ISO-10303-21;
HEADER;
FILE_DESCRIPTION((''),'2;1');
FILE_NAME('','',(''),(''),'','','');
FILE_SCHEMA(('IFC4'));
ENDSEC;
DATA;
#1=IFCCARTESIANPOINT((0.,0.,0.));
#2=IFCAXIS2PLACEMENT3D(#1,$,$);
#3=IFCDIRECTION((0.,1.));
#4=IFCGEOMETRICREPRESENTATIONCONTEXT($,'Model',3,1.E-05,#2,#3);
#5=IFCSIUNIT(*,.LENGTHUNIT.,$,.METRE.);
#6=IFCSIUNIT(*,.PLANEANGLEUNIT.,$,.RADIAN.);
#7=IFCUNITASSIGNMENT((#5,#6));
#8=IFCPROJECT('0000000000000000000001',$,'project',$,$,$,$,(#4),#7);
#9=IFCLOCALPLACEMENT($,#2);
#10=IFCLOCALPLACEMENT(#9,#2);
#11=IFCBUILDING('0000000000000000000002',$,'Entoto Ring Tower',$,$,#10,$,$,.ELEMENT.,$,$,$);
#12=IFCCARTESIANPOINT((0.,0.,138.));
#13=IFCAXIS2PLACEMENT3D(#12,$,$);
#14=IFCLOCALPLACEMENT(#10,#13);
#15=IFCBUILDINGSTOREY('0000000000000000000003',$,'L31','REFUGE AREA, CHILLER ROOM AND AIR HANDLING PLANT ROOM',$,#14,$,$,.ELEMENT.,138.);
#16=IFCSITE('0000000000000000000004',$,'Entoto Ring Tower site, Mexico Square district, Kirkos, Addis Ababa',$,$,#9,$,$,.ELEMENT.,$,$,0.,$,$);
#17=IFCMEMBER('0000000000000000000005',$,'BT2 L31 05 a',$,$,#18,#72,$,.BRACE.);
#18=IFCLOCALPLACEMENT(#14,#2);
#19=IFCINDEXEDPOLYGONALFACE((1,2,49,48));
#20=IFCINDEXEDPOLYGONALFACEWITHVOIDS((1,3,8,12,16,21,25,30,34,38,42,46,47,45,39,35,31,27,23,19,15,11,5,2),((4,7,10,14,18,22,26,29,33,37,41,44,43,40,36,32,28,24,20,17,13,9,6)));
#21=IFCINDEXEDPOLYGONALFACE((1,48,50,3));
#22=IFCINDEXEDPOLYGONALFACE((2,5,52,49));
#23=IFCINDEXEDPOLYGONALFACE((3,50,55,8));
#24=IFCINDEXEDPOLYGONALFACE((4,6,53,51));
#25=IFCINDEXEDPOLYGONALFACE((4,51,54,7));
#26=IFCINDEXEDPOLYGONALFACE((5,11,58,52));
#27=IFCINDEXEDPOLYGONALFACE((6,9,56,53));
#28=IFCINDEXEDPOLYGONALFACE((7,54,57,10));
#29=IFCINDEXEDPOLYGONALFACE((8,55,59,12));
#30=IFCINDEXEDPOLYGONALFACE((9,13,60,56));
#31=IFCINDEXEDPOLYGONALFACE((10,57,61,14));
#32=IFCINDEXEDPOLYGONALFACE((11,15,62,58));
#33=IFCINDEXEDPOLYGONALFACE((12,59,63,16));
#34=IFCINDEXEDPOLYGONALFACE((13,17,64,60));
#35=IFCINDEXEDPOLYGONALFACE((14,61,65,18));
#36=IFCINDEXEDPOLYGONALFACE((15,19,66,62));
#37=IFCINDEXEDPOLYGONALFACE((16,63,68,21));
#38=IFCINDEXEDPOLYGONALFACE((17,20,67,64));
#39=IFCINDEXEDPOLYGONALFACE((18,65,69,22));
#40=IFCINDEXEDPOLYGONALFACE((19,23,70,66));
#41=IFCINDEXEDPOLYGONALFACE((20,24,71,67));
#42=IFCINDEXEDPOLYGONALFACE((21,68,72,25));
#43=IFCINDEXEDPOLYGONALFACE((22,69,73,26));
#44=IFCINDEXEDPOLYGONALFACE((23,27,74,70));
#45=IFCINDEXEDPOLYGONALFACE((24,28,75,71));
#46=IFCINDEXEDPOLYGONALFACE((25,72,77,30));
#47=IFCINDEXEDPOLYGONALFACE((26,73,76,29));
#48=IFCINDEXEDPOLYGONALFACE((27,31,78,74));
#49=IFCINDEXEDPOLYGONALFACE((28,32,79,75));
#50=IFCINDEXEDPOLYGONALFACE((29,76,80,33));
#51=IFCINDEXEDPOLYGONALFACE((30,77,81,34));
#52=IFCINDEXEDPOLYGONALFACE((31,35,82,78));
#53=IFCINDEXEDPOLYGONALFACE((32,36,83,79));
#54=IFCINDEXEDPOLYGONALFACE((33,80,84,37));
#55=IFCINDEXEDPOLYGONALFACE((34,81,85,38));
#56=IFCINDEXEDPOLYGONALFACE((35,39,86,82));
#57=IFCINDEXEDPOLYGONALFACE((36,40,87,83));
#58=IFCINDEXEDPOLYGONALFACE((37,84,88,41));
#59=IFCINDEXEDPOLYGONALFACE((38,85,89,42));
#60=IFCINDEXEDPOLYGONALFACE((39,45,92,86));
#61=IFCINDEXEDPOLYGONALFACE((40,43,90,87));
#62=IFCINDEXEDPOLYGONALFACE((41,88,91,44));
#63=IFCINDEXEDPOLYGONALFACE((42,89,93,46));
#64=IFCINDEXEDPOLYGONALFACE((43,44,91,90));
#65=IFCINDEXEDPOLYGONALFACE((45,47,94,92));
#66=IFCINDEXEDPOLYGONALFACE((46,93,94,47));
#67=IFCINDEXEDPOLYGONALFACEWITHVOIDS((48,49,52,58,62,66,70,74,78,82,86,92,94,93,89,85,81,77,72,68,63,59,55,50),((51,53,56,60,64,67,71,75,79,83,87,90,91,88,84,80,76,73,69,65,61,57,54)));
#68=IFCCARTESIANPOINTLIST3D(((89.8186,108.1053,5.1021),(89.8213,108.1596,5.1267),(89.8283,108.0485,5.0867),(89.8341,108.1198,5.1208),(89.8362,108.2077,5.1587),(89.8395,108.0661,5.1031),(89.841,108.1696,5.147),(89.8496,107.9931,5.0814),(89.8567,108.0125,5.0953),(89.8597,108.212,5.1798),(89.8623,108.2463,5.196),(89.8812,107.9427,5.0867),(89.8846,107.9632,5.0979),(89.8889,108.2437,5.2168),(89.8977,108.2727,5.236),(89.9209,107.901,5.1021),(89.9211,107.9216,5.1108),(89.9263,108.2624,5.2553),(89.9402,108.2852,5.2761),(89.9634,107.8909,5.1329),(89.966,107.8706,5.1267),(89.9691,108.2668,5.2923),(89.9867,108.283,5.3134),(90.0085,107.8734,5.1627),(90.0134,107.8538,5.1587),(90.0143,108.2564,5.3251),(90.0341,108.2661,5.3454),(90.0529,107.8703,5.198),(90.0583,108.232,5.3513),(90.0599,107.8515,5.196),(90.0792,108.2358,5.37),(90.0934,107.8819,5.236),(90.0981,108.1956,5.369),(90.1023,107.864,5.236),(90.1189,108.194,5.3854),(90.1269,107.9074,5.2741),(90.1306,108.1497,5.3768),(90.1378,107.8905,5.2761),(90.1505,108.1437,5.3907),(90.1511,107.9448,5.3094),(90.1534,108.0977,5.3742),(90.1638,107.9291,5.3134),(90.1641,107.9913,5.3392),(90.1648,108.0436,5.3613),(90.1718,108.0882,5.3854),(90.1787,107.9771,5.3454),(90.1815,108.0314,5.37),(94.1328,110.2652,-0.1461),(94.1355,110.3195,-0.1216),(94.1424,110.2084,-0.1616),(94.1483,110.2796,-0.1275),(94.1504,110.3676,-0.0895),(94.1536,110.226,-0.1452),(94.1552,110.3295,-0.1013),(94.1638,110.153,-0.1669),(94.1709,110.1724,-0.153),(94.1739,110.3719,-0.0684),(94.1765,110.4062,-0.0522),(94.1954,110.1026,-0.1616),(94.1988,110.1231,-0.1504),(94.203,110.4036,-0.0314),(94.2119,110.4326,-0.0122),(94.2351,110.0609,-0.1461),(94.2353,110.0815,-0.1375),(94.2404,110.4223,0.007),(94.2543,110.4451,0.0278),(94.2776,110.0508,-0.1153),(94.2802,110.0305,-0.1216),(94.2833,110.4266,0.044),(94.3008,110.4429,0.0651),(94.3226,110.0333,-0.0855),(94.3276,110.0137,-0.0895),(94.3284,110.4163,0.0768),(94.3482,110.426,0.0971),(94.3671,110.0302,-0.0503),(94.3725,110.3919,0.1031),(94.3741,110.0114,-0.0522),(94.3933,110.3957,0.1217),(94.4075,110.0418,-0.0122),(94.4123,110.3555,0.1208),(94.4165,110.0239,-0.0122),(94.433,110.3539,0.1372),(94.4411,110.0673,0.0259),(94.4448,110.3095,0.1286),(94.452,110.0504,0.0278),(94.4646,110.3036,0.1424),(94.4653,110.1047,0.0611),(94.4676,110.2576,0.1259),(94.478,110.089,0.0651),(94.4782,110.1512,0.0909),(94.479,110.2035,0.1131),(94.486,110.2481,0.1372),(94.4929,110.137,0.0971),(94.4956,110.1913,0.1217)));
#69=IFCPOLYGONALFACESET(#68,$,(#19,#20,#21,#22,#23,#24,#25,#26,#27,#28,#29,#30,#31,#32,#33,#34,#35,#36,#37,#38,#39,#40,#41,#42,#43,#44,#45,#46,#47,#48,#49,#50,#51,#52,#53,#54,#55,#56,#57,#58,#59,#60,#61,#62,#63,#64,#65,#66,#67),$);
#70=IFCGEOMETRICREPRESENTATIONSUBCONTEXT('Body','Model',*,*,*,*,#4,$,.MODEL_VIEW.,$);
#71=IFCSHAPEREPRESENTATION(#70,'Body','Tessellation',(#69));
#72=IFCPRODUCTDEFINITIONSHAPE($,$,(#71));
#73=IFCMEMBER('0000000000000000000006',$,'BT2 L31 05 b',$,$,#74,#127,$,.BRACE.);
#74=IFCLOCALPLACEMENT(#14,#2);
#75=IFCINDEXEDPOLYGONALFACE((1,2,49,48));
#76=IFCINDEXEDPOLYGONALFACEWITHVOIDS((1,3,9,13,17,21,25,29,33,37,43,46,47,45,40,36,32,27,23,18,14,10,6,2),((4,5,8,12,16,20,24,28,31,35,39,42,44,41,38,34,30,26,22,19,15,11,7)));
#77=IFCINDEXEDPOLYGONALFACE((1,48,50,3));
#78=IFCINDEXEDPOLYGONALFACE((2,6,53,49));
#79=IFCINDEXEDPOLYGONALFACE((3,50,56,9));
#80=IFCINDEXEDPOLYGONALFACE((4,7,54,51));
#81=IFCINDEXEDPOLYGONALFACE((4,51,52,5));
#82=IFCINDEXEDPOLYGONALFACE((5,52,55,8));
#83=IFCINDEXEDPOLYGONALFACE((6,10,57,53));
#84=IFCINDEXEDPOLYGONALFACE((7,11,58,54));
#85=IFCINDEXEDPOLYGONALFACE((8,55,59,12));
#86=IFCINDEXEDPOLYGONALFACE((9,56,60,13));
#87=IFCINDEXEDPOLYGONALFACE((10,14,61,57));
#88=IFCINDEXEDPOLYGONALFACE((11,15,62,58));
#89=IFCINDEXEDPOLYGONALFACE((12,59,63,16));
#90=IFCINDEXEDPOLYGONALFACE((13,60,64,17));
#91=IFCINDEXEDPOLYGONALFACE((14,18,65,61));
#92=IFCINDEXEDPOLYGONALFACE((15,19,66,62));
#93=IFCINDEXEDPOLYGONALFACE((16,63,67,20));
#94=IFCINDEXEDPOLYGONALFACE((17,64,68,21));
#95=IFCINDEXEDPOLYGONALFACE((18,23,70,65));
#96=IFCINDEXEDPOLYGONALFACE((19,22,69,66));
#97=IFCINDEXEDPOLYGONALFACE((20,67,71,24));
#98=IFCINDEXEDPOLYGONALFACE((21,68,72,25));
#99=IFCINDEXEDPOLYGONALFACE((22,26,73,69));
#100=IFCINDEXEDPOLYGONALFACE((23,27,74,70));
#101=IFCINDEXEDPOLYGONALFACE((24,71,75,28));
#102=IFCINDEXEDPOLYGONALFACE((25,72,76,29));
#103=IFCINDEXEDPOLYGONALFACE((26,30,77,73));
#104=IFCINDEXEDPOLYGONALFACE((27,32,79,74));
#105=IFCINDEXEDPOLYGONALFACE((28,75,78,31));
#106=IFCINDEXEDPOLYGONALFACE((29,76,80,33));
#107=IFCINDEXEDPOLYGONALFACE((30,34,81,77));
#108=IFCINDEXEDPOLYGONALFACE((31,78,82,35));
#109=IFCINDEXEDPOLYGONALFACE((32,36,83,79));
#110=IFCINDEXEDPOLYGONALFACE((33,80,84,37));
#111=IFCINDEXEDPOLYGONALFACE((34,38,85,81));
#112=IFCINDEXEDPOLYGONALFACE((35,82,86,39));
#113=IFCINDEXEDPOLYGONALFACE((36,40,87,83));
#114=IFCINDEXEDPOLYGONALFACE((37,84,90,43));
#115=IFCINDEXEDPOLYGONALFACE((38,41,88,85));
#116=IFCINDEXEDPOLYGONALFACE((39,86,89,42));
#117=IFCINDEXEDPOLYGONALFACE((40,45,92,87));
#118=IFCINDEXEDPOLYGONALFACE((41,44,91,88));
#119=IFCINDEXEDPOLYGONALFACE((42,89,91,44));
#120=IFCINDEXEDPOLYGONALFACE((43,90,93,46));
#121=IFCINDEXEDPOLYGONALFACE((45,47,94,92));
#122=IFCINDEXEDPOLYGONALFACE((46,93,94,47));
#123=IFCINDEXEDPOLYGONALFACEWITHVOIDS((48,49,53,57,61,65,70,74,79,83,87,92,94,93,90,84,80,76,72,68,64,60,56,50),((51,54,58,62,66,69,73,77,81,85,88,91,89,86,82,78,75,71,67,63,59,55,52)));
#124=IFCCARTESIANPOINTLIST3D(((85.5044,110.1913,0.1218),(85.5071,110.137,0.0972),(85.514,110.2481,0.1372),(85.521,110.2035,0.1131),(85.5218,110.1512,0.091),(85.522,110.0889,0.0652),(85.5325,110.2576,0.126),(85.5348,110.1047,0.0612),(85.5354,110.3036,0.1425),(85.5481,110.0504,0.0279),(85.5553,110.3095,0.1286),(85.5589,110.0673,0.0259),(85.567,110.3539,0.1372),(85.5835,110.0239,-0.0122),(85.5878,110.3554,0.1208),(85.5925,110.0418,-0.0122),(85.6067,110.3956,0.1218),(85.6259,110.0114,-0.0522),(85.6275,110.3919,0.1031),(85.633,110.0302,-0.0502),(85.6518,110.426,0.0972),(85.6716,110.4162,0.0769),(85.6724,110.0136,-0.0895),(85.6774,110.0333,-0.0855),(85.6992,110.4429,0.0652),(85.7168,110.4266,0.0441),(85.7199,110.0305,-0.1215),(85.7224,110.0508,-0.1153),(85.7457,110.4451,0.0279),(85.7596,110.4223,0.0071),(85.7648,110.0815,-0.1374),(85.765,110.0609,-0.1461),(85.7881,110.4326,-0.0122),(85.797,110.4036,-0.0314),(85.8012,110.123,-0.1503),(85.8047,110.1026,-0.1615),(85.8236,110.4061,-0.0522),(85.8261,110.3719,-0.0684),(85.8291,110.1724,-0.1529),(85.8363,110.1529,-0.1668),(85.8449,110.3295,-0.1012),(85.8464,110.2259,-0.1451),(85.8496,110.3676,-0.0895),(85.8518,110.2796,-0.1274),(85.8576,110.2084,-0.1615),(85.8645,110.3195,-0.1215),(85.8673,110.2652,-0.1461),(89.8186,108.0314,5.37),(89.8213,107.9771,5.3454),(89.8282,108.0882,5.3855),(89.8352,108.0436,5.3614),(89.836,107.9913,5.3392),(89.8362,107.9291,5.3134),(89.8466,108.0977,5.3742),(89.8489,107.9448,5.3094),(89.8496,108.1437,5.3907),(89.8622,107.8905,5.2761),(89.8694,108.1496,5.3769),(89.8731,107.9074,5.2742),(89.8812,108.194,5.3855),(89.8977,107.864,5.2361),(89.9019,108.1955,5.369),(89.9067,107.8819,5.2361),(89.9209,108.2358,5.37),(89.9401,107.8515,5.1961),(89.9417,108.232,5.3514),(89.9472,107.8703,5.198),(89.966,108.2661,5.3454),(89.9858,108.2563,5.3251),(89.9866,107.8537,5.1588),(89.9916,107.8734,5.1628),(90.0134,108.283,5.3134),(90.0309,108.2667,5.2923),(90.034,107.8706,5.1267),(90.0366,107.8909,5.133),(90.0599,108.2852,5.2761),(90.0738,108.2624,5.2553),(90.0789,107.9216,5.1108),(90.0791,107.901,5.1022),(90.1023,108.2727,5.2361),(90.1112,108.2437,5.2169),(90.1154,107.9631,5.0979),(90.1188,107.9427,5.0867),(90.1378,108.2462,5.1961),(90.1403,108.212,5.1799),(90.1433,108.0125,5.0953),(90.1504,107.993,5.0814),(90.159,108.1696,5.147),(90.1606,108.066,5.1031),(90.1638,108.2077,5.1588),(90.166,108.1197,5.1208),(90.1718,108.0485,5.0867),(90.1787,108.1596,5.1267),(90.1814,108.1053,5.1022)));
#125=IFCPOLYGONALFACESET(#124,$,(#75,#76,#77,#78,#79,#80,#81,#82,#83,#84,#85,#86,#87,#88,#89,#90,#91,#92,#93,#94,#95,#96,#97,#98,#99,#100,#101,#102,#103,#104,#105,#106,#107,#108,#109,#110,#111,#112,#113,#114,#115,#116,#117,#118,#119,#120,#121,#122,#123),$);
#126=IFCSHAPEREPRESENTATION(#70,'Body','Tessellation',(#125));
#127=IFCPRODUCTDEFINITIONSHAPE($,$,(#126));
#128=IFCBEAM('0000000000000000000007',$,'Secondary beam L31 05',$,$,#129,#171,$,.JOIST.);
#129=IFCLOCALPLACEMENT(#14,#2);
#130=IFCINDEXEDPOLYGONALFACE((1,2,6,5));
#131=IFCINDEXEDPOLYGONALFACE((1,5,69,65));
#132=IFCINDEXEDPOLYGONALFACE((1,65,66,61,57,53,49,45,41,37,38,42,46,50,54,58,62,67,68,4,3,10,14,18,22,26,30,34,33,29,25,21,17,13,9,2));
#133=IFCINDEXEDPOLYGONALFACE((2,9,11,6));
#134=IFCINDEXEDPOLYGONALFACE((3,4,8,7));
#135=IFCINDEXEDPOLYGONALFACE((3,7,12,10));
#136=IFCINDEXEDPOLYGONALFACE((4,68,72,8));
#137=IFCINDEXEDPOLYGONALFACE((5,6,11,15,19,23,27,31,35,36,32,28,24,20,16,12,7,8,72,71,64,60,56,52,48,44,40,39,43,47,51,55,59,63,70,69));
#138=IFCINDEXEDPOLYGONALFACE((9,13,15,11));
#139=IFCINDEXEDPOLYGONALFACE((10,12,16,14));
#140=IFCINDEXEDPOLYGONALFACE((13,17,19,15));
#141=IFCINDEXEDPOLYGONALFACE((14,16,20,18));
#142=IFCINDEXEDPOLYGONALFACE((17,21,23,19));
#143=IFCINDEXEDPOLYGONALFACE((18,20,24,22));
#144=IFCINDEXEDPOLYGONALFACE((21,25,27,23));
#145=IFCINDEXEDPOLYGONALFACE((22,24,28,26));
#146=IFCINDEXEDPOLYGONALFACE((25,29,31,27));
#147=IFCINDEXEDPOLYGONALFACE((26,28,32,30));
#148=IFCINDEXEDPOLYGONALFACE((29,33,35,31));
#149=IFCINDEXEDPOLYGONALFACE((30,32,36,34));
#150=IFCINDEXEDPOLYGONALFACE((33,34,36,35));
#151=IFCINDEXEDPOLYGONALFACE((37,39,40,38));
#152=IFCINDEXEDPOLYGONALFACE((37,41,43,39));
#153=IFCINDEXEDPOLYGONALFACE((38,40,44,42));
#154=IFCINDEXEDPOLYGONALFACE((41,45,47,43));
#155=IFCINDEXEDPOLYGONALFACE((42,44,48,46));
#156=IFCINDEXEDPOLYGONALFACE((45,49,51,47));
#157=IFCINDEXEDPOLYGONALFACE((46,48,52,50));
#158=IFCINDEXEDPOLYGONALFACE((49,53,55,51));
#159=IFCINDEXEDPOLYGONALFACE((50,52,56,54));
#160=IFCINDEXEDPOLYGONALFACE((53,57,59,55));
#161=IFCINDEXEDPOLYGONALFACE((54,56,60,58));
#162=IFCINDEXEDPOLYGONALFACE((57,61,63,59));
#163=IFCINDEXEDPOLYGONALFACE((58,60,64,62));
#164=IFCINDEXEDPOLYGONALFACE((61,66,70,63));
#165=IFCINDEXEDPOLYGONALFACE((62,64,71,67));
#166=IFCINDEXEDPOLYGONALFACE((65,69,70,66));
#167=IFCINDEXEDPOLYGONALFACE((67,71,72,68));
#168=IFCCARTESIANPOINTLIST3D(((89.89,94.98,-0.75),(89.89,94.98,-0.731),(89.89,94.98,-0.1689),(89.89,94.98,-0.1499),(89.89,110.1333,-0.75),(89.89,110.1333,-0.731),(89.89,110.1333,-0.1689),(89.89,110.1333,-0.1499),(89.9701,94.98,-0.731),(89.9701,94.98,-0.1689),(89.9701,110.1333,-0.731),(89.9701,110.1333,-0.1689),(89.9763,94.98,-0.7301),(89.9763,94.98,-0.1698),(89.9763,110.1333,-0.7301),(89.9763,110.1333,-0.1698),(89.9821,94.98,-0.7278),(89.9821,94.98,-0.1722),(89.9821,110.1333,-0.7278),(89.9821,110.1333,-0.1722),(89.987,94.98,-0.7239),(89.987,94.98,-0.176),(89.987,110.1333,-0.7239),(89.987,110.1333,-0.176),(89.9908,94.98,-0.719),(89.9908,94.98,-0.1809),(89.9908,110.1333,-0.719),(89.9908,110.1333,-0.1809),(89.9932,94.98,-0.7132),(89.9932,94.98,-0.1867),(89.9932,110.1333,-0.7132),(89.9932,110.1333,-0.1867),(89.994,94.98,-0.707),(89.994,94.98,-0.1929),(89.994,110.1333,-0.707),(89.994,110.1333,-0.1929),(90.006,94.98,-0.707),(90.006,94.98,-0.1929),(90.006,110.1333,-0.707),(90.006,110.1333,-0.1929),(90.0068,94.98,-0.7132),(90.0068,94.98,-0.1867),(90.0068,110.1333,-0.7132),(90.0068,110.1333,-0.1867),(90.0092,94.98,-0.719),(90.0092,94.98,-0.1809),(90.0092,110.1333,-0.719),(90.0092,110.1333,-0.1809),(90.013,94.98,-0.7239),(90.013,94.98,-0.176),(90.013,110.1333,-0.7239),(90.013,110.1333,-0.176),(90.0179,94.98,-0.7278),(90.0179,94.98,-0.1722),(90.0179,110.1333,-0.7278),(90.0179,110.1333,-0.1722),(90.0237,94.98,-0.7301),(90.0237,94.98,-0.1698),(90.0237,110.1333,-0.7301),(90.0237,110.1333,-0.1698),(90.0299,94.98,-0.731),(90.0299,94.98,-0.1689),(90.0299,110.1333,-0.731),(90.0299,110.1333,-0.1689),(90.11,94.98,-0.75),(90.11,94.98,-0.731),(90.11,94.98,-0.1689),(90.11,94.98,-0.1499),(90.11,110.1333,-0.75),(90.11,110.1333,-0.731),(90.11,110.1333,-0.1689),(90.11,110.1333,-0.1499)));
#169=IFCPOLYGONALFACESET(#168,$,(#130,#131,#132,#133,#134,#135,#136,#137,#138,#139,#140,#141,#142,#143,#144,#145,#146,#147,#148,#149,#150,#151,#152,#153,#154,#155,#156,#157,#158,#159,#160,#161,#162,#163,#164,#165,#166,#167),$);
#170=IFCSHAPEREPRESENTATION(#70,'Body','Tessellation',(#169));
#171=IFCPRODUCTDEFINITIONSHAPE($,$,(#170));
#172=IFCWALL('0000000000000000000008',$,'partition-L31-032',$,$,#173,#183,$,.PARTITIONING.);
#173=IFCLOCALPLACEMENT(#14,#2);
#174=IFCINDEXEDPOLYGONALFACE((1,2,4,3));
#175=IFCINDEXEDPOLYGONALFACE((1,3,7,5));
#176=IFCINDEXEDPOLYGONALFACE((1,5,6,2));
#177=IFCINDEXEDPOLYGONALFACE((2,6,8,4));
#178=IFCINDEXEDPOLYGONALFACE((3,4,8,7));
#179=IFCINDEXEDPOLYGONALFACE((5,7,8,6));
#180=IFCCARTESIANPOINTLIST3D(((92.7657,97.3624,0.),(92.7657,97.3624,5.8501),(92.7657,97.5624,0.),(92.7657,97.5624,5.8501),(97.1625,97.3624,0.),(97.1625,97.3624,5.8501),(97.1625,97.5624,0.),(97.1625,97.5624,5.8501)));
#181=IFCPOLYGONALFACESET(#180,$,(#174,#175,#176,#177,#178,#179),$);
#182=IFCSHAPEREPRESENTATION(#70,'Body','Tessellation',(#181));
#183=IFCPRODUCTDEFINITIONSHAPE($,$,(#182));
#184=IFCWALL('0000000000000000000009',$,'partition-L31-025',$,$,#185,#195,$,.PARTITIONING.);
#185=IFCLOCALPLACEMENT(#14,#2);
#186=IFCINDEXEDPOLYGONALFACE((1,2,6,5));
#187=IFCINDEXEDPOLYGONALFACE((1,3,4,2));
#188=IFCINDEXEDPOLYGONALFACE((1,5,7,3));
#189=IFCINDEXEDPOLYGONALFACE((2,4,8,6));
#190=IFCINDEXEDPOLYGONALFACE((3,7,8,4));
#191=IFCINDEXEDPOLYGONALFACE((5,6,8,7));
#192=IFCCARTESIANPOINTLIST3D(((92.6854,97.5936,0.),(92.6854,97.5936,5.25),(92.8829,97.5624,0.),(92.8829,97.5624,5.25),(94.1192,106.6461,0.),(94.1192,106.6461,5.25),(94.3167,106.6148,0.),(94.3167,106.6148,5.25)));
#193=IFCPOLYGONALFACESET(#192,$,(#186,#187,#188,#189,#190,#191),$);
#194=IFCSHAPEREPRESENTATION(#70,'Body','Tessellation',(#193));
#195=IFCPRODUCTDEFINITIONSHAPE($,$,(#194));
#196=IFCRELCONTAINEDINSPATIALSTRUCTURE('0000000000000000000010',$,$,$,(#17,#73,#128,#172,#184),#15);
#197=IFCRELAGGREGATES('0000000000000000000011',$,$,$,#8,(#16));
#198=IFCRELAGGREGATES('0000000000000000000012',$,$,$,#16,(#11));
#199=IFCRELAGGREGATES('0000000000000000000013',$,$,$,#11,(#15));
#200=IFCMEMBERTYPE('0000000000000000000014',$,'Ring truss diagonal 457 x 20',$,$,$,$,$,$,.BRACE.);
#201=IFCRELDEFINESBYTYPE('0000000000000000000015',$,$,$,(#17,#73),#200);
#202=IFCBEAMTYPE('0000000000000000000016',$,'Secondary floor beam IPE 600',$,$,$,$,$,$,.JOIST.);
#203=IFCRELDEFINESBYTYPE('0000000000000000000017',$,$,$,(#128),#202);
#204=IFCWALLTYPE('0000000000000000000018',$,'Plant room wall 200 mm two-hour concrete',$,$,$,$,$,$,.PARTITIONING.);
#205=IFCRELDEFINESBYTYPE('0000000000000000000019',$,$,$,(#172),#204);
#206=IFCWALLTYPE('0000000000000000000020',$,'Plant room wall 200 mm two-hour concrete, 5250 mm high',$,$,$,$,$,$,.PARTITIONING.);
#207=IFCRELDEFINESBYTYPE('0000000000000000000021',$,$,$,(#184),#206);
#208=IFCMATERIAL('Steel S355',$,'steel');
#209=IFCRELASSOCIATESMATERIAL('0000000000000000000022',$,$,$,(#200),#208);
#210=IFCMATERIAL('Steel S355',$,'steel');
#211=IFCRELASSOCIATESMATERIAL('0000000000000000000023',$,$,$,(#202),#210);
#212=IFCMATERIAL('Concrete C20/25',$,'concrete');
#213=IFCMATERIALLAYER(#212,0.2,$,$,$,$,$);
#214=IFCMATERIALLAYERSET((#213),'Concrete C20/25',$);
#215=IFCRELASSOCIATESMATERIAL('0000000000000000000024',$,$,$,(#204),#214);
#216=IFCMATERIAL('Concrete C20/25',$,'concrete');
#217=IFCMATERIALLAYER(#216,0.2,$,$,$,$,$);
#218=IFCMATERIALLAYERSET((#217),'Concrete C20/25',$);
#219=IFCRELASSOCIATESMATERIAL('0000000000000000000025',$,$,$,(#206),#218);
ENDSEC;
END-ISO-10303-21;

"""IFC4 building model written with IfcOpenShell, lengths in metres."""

from ifc_helpers import new_model, si_unit, direction, frame, frame_2d, origin, origin_2d, place, context, subcontext, project, spatial, rectangle, circle, hollow_circle, i_section, extrude, material, layer, layer_set, material_profile, profile_set, type_object, element, save


model = new_model("IFC4")

# Units and contexts
model_context = context("Model", 3, precision=1e-05, world=origin(), true_north=direction((0.0, 1.0)))
body_context = subcontext(model_context, "Body", "Model", "MODEL_VIEW")
ifc_project = project(units=[si_unit("LENGTHUNIT", "METRE"), si_unit("PLANEANGLEUNIT", "RADIAN")], contexts=[model_context])

# Site, building, storey
site_placement = place(None, origin())
site = spatial("IfcSite", under=ifc_project, at=site_placement, Name="Entoto Ring Tower site, Mexico Square district, Kirkos, Addis Ababa", CompositionType="ELEMENT", RefElevation=0.0)
building_placement = place(site_placement, origin())
building = spatial("IfcBuilding", under=site, at=building_placement, Name="Entoto Ring Tower", CompositionType="ELEMENT")
storey_placement = place(building_placement, frame((0.0, 0.0, 138.0)))
storey = spatial("IfcBuildingStorey", under=building, at=storey_placement, Name="L31", Description="REFUGE AREA, CHILLER ROOM AND AIR HANDLING PLANT ROOM", CompositionType="ELEMENT", Elevation=138.0)

# Members
ifc_material_1 = material(Name="Steel S355", Category="steel")
ifc_material_profile_1 = material_profile(ifc_material_1, hollow_circle(Radius=0.2285, WallThickness=0.02, at=origin_2d()), Name="CHS 457 x 20")
ifc_material_2 = material(Name="Concrete C60/75", Category="concrete")
ifc_material_profile_2 = material_profile(ifc_material_2, circle(Radius=0.2085, at=origin_2d()), Name="Concrete C60/75 infill")
ifc_profile_set_1 = profile_set([ifc_material_profile_1, ifc_material_profile_2], Name="Steel S355")
member_type_1 = type_object("IfcMemberType", Name="Ring truss diagonal 457 x 20", PredefinedType="BRACE", material=ifc_profile_set_1)
for number, where, z_axis, x_axis, name in (
    (1, (94.3142, 110.2283, -0.0122), (-0.605166, -0.302977, 0.736192), (0.447679, -0.894194, 0.0), "BT2 L31 05 a"),
    (2, (90.0, 108.0684, 5.2361), (-0.605166, 0.302977, -0.736192), (-0.447679, -0.894194, 0.0), "BT2 L31 05 b"),
):
    element("IfcMember", number, at=place(storey_placement, frame(where, z_axis=z_axis, x_axis=x_axis)), inside=storey, type_object=member_type_1, Name=name, PredefinedType="BRACE", context=body_context, shape_type="SweptSolid", body=[
        extrude(hollow_circle(Radius=0.2285, WallThickness=0.02, at=origin_2d()), origin(), (0.0, 0.0, 1.0), 7.1289),
    ])

# Beam
ifc_material_3 = material(Name="Steel S355", Category="steel")
ifc_material_profile_3 = material_profile(ifc_material_3, i_section(OverallWidth=0.22, OverallDepth=0.6001, WebThickness=0.012, FlangeThickness=0.019, FilletRadius=0.0239, at=origin_2d()), Name="IPE 600")
ifc_profile_set_2 = profile_set([ifc_material_profile_3], Name="Steel S355")
beam_type_1 = type_object("IfcBeamType", Name="Secondary floor beam IPE 600", PredefinedType="JOIST", material=ifc_profile_set_2)
beam_placement = place(storey_placement, frame((90.0, 94.98, -0.45), z_axis=(0.0, 1.0, 0.0), x_axis=(-1.0, 0.0, 0.0)))
element("IfcBeam", 3, at=beam_placement, inside=storey, type_object=beam_type_1, Name="Secondary beam L31 05", PredefinedType="JOIST", context=body_context, shape_type="SweptSolid", body=[
    extrude(i_section(OverallWidth=0.22, OverallDepth=0.6001, WebThickness=0.012, FlangeThickness=0.019, FilletRadius=0.0239, at=origin_2d()), origin(), (0.0, 0.0, 1.0), 15.1533),
])

# Walls
ifc_material_4 = material(Name="Concrete C20/25", Category="concrete")
ifc_layer_1 = layer(ifc_material_4, 0.2)
ifc_layer_set_1 = layer_set([ifc_layer_1], Name="Concrete C20/25")
wall_type_1 = type_object("IfcWallType", Name="Plant room wall 200 mm two-hour concrete", PredefinedType="PARTITIONING", material=ifc_layer_set_1)
wall_1_placement = place(storey_placement, frame((92.7659, 97.4624, 0.0), z_axis=(0.0, 0.0, 1.0), x_axis=(1.0, 0.0, 0.0)))
element("IfcWall", 4, at=wall_1_placement, inside=storey, type_object=wall_type_1, Name="partition-L31-032", PredefinedType="PARTITIONING", context=body_context, shape_type="SweptSolid", body=[
    extrude(rectangle(XDim=4.3967, YDim=0.2, at=frame_2d((2.1982, 0.0))), origin(), (0.0, 0.0, 1.0), 5.8501),
])
ifc_material_5 = material(Name="Concrete C20/25", Category="concrete")
ifc_layer_2 = layer(ifc_material_5, 0.2)
ifc_layer_set_2 = layer_set([ifc_layer_2], Name="Concrete C20/25")
wall_type_2 = type_object("IfcWallType", Name="Plant room wall 200 mm two-hour concrete, 5250 mm high", PredefinedType="PARTITIONING", material=ifc_layer_set_2)
wall_2_placement = place(storey_placement, frame((92.7842, 97.5781, 0.0), z_axis=(0.0, 0.0, 1.0), x_axis=(0.156441, 0.987687, 0.0)))
element("IfcWall", 5, at=wall_2_placement, inside=storey, type_object=wall_type_2, Name="partition-L31-025", PredefinedType="PARTITIONING", context=body_context, shape_type="SweptSolid", body=[
    extrude(rectangle(XDim=9.1653, YDim=0.2, at=frame_2d((4.5825, 0.0))), origin(), (0.0, 0.0, 1.0), 5.25),
])

save(model, "model.ifc")
